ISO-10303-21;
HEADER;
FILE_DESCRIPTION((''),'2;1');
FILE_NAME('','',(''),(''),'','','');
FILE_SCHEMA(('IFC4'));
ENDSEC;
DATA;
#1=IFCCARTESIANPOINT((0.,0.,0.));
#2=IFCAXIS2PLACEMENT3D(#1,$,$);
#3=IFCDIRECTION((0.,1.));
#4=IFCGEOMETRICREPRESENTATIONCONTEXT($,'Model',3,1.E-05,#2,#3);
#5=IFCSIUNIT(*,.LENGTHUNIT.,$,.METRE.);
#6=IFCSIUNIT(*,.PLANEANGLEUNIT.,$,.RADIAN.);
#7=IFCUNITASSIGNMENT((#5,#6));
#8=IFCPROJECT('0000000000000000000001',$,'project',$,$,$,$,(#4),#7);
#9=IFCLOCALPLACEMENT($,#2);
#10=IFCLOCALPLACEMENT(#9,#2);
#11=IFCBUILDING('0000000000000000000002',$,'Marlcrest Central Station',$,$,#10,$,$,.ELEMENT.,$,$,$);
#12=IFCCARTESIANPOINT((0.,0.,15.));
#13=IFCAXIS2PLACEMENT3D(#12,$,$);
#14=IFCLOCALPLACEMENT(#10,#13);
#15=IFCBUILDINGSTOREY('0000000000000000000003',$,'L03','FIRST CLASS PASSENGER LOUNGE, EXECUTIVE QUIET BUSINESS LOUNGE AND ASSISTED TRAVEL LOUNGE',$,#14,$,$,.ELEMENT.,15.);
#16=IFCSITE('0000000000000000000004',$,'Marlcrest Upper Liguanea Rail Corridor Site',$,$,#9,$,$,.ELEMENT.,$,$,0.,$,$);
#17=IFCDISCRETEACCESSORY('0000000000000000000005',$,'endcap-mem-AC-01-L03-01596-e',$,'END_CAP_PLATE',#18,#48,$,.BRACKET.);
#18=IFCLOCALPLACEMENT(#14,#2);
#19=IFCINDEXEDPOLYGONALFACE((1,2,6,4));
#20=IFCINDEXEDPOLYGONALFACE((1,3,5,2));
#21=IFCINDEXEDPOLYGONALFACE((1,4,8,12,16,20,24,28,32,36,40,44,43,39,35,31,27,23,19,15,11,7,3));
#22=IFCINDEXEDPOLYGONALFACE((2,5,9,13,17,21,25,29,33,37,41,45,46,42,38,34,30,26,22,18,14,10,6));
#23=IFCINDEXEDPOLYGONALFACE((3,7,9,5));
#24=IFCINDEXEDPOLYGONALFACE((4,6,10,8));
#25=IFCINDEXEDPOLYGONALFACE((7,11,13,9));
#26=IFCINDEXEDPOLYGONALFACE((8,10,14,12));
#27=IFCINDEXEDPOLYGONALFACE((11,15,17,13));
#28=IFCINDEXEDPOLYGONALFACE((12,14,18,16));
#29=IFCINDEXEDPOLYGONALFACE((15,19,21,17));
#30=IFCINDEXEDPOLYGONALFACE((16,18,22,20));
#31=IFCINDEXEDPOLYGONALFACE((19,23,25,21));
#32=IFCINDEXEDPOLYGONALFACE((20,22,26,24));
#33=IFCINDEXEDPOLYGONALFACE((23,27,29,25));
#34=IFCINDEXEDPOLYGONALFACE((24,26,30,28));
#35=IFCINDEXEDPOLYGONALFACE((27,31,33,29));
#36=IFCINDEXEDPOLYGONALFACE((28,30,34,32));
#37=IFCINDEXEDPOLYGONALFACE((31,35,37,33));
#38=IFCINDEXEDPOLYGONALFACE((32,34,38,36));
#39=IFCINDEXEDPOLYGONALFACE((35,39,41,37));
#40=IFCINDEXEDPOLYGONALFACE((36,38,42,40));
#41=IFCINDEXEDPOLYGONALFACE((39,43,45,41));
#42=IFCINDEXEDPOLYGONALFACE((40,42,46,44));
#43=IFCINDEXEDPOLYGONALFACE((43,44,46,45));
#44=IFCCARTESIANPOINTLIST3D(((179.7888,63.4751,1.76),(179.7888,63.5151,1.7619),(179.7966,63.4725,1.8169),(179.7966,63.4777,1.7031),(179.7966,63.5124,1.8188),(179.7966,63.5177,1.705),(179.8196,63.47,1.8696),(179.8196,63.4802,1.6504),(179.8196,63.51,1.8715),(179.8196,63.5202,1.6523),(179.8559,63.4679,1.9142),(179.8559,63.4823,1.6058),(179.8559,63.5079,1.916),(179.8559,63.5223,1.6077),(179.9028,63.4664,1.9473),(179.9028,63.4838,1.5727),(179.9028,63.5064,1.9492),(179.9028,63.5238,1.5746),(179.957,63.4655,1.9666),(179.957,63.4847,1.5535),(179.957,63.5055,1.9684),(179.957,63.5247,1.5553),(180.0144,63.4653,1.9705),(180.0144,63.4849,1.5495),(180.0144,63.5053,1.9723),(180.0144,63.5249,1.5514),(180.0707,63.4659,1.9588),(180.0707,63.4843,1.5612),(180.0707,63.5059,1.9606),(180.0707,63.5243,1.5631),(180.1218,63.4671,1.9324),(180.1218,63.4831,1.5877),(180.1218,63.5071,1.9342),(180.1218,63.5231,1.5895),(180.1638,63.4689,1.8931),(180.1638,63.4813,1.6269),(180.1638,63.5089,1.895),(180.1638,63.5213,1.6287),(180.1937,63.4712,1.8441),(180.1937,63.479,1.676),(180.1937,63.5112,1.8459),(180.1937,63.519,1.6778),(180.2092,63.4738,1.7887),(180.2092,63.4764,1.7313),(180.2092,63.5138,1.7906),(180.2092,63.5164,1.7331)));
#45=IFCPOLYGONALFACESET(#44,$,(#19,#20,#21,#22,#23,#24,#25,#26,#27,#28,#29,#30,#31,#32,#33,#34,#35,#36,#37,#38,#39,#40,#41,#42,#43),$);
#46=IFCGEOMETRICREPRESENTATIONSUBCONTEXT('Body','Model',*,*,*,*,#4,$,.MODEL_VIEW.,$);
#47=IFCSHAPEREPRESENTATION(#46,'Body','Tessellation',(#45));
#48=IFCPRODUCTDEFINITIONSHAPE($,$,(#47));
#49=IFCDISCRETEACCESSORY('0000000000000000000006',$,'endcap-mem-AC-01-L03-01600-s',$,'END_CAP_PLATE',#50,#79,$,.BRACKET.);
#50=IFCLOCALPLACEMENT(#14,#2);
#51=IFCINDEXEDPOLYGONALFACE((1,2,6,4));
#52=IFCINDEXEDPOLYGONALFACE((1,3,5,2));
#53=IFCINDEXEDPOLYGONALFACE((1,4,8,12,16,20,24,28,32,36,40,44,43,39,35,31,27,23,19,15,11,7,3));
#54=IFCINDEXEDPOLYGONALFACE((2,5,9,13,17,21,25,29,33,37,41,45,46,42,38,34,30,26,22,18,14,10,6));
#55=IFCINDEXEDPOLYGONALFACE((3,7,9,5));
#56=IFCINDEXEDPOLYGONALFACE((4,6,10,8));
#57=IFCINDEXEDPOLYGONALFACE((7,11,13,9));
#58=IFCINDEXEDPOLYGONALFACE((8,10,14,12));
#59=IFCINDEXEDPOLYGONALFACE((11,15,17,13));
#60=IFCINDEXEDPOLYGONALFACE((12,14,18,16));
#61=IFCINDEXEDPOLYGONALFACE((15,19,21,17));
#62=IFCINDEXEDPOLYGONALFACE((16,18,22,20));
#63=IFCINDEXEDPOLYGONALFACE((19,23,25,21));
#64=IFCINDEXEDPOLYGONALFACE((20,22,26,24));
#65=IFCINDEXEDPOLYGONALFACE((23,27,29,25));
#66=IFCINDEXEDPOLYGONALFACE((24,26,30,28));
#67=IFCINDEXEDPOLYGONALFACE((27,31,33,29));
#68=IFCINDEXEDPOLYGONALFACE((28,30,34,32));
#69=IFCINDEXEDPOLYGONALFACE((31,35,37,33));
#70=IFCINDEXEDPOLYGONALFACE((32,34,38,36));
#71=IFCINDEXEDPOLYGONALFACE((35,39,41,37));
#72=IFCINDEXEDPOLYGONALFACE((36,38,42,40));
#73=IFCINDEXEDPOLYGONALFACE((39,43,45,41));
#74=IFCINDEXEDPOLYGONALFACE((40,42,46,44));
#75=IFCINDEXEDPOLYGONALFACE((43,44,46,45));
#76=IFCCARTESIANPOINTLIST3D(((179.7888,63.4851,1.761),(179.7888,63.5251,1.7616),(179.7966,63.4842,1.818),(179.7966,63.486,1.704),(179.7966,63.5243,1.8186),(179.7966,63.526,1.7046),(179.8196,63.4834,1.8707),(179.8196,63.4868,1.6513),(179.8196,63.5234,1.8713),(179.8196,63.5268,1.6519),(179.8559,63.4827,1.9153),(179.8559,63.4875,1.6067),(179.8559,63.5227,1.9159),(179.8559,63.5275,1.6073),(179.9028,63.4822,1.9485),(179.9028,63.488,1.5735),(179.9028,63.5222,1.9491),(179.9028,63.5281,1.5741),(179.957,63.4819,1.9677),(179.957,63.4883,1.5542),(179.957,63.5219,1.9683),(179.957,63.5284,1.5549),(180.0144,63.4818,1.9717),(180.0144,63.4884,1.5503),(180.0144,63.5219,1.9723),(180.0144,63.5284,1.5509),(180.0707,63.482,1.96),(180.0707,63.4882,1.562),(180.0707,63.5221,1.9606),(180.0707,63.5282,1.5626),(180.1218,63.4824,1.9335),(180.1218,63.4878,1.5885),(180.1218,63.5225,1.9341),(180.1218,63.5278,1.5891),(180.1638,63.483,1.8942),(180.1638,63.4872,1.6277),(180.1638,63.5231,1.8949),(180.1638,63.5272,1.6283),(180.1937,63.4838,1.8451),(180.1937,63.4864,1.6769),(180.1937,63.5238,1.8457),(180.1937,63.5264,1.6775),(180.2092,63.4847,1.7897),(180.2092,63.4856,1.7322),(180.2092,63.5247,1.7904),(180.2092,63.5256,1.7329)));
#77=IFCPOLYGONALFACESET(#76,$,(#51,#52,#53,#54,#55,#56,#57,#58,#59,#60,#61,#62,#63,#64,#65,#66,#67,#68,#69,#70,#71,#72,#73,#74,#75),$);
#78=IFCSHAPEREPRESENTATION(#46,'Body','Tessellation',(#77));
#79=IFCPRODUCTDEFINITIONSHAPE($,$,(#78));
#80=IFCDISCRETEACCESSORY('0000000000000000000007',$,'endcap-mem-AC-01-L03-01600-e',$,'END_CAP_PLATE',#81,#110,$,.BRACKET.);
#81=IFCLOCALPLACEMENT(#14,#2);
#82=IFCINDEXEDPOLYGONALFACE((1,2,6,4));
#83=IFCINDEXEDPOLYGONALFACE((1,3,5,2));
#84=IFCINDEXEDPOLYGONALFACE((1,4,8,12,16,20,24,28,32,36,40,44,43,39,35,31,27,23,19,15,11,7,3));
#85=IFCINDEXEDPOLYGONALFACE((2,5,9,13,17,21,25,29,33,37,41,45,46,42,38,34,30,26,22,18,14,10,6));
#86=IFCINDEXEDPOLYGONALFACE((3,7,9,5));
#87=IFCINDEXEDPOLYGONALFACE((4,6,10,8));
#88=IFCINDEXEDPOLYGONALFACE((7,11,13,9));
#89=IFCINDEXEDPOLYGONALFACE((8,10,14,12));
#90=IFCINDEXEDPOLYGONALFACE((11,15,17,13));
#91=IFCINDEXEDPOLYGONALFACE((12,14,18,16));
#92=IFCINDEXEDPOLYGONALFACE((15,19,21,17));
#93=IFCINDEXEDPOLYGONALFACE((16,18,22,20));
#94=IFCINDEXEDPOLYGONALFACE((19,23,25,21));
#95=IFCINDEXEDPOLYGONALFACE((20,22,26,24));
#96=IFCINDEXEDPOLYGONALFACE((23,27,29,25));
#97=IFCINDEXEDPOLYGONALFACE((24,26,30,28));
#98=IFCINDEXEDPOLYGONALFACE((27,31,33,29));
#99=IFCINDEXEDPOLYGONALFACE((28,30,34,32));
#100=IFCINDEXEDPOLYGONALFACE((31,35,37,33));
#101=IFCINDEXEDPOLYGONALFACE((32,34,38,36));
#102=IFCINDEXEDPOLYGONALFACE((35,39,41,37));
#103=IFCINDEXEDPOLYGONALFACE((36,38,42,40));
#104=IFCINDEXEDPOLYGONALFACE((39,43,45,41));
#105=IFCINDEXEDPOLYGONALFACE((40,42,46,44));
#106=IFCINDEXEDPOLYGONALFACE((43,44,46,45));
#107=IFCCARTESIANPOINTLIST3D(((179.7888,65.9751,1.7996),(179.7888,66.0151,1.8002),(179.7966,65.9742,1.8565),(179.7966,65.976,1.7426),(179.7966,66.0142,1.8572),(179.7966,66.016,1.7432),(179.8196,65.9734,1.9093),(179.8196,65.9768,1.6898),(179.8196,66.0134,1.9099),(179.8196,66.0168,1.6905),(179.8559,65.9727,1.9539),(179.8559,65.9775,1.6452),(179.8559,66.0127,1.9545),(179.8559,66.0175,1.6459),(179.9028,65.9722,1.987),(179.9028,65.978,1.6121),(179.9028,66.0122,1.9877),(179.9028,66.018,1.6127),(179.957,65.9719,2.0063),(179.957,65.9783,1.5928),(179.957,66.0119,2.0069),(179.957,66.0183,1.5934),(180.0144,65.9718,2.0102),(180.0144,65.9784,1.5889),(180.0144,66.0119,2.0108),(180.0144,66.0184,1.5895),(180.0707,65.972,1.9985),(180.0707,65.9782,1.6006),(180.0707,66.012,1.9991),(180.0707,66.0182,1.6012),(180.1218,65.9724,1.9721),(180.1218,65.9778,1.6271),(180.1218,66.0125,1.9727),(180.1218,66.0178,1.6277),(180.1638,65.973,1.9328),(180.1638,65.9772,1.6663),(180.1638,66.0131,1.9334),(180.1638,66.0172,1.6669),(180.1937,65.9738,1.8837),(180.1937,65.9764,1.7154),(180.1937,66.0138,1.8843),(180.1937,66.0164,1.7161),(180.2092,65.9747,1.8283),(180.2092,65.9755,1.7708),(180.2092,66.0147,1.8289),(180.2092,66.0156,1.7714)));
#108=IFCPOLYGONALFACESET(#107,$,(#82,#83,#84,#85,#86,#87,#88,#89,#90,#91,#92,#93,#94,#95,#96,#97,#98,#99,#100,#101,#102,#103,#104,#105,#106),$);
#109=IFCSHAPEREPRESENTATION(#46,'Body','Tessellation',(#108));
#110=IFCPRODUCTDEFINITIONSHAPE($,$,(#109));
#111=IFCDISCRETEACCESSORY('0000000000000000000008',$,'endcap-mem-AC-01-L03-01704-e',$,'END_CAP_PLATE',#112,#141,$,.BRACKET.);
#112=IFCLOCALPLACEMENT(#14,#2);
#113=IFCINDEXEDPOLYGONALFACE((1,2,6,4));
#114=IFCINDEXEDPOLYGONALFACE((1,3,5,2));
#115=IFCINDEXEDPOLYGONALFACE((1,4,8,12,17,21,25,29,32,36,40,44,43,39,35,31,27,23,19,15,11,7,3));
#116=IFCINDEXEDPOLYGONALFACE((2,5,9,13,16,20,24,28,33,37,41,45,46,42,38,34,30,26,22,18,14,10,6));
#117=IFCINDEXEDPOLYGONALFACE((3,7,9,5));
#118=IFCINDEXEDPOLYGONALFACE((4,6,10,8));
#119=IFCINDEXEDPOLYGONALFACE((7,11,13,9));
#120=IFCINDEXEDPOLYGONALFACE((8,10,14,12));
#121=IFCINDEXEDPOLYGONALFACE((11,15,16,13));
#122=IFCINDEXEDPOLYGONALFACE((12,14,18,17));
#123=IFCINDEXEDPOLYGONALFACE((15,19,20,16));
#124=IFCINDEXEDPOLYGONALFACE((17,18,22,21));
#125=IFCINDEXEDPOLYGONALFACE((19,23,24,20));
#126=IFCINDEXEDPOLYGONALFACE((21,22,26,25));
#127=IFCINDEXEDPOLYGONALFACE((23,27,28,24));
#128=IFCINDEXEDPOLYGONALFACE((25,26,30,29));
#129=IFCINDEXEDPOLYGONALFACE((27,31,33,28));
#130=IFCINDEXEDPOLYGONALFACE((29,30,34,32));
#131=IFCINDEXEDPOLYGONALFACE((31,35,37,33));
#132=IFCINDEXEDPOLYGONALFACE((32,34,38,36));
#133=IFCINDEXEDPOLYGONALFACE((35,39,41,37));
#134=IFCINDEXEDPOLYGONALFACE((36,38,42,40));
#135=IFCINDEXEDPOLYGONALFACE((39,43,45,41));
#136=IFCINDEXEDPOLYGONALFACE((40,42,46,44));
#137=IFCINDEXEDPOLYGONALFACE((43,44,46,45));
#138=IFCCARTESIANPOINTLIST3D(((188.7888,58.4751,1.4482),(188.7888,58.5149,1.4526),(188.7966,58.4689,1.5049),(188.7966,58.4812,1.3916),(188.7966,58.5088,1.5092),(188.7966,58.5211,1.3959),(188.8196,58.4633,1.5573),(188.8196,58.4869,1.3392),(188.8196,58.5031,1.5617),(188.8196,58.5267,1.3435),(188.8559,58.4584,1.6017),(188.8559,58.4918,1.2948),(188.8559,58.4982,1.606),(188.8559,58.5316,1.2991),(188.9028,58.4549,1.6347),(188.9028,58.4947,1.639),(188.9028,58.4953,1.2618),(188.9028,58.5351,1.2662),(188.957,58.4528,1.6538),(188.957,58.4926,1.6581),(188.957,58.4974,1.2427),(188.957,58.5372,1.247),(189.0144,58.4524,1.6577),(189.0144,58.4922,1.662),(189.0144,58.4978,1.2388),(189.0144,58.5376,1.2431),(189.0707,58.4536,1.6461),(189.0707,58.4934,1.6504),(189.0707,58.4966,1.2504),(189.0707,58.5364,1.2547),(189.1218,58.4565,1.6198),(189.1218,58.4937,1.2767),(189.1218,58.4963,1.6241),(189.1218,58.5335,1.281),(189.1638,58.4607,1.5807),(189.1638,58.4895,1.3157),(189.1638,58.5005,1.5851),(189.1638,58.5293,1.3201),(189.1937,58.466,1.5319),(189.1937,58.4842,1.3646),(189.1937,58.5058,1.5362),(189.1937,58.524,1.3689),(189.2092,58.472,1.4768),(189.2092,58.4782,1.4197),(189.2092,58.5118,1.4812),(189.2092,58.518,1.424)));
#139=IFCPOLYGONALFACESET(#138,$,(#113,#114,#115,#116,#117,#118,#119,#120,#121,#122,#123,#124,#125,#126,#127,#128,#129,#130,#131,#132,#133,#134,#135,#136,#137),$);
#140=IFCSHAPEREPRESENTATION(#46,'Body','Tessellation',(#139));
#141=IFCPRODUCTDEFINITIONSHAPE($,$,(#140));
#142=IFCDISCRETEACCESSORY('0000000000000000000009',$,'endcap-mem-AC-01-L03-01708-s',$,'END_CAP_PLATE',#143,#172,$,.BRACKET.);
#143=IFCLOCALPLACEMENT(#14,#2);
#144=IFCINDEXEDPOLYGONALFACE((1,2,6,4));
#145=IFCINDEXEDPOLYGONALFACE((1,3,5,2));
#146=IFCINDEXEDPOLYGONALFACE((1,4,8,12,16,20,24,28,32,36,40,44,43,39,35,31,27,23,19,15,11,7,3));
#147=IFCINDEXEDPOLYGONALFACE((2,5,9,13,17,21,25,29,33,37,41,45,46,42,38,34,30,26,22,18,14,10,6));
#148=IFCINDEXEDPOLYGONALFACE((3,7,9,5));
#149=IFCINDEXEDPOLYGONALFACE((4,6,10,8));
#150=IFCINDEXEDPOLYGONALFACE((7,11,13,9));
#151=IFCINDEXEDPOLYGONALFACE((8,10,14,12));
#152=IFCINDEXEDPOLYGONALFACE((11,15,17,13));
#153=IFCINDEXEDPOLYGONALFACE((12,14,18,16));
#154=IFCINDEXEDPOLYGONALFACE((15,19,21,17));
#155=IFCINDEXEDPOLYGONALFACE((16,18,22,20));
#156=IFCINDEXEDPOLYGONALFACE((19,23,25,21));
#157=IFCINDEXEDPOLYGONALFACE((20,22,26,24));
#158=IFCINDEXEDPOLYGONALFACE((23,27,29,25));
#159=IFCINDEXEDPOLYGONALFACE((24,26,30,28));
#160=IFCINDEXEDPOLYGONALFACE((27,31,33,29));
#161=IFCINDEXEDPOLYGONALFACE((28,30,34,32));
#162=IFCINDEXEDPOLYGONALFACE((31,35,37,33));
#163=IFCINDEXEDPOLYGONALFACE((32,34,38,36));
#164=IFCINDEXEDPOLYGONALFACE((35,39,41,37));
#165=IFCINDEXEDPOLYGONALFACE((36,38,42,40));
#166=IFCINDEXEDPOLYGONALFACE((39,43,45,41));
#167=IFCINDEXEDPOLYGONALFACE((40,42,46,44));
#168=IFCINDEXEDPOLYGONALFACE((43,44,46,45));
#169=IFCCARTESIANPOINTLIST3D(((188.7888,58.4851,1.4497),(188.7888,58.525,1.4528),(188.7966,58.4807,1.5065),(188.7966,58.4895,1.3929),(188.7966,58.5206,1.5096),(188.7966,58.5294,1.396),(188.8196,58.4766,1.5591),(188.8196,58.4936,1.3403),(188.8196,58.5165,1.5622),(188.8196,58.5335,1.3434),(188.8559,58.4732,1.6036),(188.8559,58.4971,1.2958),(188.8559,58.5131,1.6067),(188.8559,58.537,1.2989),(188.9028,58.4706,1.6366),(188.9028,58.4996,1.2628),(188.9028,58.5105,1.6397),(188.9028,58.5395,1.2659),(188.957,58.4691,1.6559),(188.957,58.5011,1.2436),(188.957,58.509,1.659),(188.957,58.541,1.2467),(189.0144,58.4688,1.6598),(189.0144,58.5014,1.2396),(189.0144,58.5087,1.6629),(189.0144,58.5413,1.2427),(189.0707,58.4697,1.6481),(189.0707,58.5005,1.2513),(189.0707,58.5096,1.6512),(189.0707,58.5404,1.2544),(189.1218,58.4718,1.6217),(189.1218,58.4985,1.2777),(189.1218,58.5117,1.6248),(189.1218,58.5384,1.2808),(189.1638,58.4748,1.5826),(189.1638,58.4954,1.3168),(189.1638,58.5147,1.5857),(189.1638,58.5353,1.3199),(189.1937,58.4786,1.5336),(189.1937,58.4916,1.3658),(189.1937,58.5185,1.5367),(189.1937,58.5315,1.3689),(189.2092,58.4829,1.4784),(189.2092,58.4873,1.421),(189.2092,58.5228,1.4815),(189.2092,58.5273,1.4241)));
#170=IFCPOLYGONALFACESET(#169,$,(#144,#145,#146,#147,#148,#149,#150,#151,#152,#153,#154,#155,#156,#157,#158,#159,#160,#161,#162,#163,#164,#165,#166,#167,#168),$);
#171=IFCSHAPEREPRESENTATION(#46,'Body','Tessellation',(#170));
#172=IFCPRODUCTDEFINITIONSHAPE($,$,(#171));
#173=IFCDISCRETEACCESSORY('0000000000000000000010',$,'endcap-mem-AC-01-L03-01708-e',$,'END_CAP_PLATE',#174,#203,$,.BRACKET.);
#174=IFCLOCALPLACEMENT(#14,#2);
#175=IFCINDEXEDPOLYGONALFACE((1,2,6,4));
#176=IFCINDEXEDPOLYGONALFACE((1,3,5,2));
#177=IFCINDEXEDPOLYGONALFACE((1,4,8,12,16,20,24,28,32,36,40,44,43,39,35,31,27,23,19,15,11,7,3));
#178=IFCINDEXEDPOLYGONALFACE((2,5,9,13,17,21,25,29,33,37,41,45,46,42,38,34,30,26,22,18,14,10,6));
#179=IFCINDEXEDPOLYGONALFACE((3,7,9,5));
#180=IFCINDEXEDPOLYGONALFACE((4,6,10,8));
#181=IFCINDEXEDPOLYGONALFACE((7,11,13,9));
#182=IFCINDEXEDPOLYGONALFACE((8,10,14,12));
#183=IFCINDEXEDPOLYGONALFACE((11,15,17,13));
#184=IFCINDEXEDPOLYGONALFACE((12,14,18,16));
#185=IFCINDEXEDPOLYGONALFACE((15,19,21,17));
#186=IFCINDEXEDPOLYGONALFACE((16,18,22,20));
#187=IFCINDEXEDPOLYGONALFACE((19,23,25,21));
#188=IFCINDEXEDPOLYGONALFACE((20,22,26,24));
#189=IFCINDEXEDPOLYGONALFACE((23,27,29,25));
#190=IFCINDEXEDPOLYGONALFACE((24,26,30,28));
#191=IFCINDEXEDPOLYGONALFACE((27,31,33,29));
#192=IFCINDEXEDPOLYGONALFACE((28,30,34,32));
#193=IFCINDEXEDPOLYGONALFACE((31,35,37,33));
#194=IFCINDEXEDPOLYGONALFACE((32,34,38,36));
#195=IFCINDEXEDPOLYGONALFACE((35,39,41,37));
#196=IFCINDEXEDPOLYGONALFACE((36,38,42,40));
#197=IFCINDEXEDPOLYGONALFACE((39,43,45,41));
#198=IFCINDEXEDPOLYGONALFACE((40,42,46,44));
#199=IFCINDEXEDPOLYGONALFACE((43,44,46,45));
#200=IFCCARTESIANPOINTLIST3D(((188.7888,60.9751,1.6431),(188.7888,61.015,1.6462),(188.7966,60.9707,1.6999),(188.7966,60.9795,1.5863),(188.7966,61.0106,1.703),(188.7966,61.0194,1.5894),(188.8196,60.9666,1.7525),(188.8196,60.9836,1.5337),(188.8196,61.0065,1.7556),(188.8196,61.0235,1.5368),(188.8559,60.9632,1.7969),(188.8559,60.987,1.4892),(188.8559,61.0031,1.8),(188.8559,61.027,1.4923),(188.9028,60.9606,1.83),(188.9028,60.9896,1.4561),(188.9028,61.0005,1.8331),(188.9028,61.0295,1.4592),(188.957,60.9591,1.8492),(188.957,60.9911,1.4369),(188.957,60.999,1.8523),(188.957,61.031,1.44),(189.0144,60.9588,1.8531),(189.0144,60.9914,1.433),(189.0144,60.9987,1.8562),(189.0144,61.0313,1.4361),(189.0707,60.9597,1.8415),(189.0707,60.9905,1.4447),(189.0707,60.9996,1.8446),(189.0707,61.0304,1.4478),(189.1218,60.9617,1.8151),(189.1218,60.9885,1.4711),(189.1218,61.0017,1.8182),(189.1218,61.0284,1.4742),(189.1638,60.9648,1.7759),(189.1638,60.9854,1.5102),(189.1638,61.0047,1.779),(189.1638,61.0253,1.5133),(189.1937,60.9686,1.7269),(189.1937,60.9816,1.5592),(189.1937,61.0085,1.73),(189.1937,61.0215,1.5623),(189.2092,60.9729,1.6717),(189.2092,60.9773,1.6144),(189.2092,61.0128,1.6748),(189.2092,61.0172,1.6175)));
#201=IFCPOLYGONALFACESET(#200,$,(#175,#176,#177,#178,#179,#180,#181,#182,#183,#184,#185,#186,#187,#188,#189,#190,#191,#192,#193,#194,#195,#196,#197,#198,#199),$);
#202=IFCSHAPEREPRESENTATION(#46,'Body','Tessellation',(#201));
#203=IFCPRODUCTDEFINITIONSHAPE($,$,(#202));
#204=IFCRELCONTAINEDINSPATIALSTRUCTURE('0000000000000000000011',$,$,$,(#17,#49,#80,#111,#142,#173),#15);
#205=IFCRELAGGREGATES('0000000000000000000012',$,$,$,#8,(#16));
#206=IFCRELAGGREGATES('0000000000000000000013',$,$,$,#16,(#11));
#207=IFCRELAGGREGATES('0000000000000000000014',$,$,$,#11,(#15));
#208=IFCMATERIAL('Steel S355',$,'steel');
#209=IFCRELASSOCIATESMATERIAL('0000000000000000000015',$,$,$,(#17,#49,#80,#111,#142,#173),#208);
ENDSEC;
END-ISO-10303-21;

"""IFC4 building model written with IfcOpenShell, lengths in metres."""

from ifc_helpers import new_model, si_unit, direction, frame, origin, origin_2d, place, context, subcontext, project, spatial, circle, extrude, material, element, save


model = new_model("IFC4")

# Units and contexts
model_context = context("Model", 3, precision=1e-05, world=origin(), true_north=direction((0.0, 1.0)))
body_context = subcontext(model_context, "Body", "Model", "MODEL_VIEW")
ifc_project = project(units=[si_unit("LENGTHUNIT", "METRE"), si_unit("PLANEANGLEUNIT", "RADIAN")], contexts=[model_context])

# Site, building, storey
site_placement = place(None, origin())
site = spatial("IfcSite", under=ifc_project, at=site_placement, Name="Marlcrest Upper Liguanea Rail Corridor Site", CompositionType="ELEMENT", RefElevation=0.0)
building_placement = place(site_placement, origin())
building = spatial("IfcBuilding", under=site, at=building_placement, Name="Marlcrest Central Station", CompositionType="ELEMENT")
storey_placement = place(building_placement, frame((0.0, 0.0, 15.0)))
storey = spatial("IfcBuildingStorey", under=building, at=storey_placement, Name="L03", Description="FIRST CLASS PASSENGER LOUNGE, EXECUTIVE QUIET BUSINESS LOUNGE AND ASSISTED TRAVEL LOUNGE", CompositionType="ELEMENT", Elevation=15.0)

# Shared definitions
ifc_material_1 = material(Name="Steel S355", Category="steel")

# Discrete accessories
for number, where, z_axis, x_axis, name in (
    (1, (180.0, 63.4751, 1.76), (0.0, 0.998921, 0.046434), (-1.0, 0.0, 0.0), "endcap-mem-AC-01-L03-01596-e"),
    (2, (180.0, 63.4851, 1.761), (0.0, 0.999879, 0.015525), (-1.0, 0.0, 0.0), "endcap-mem-AC-01-L03-01600-s"),
    (3, (180.0, 65.9751, 1.7996), (0.0, 0.999879, 0.015525), (-1.0, 0.0, 0.0), "endcap-mem-AC-01-L03-01600-e"),
    (4, (189.0, 58.4751, 1.4482), (0.0, 0.994155, 0.107959), (-1.0, 0.0, 0.0), "endcap-mem-AC-01-L03-01704-e"),
    (5, (189.0, 58.4851, 1.4497), (0.0, 0.997, 0.077404), (-1.0, 0.0, 0.0), "endcap-mem-AC-01-L03-01708-s"),
    (6, (189.0, 60.9751, 1.6431), (0.0, 0.997, 0.077404), (-1.0, 0.0, 0.0), "endcap-mem-AC-01-L03-01708-e"),
):
    element("IfcDiscreteAccessory", number, at=place(storey_placement, frame(where, z_axis=z_axis, x_axis=x_axis)), inside=storey, material=ifc_material_1, Name=name, ObjectType="END_CAP_PLATE", PredefinedType="BRACKET", context=body_context, shape_type="SweptSolid", body=[
        extrude(circle(Radius=0.2112, at=origin_2d()), origin(), (0.0, 0.0, 1.0), 0.04),
    ])

save(model, "model.ifc")
